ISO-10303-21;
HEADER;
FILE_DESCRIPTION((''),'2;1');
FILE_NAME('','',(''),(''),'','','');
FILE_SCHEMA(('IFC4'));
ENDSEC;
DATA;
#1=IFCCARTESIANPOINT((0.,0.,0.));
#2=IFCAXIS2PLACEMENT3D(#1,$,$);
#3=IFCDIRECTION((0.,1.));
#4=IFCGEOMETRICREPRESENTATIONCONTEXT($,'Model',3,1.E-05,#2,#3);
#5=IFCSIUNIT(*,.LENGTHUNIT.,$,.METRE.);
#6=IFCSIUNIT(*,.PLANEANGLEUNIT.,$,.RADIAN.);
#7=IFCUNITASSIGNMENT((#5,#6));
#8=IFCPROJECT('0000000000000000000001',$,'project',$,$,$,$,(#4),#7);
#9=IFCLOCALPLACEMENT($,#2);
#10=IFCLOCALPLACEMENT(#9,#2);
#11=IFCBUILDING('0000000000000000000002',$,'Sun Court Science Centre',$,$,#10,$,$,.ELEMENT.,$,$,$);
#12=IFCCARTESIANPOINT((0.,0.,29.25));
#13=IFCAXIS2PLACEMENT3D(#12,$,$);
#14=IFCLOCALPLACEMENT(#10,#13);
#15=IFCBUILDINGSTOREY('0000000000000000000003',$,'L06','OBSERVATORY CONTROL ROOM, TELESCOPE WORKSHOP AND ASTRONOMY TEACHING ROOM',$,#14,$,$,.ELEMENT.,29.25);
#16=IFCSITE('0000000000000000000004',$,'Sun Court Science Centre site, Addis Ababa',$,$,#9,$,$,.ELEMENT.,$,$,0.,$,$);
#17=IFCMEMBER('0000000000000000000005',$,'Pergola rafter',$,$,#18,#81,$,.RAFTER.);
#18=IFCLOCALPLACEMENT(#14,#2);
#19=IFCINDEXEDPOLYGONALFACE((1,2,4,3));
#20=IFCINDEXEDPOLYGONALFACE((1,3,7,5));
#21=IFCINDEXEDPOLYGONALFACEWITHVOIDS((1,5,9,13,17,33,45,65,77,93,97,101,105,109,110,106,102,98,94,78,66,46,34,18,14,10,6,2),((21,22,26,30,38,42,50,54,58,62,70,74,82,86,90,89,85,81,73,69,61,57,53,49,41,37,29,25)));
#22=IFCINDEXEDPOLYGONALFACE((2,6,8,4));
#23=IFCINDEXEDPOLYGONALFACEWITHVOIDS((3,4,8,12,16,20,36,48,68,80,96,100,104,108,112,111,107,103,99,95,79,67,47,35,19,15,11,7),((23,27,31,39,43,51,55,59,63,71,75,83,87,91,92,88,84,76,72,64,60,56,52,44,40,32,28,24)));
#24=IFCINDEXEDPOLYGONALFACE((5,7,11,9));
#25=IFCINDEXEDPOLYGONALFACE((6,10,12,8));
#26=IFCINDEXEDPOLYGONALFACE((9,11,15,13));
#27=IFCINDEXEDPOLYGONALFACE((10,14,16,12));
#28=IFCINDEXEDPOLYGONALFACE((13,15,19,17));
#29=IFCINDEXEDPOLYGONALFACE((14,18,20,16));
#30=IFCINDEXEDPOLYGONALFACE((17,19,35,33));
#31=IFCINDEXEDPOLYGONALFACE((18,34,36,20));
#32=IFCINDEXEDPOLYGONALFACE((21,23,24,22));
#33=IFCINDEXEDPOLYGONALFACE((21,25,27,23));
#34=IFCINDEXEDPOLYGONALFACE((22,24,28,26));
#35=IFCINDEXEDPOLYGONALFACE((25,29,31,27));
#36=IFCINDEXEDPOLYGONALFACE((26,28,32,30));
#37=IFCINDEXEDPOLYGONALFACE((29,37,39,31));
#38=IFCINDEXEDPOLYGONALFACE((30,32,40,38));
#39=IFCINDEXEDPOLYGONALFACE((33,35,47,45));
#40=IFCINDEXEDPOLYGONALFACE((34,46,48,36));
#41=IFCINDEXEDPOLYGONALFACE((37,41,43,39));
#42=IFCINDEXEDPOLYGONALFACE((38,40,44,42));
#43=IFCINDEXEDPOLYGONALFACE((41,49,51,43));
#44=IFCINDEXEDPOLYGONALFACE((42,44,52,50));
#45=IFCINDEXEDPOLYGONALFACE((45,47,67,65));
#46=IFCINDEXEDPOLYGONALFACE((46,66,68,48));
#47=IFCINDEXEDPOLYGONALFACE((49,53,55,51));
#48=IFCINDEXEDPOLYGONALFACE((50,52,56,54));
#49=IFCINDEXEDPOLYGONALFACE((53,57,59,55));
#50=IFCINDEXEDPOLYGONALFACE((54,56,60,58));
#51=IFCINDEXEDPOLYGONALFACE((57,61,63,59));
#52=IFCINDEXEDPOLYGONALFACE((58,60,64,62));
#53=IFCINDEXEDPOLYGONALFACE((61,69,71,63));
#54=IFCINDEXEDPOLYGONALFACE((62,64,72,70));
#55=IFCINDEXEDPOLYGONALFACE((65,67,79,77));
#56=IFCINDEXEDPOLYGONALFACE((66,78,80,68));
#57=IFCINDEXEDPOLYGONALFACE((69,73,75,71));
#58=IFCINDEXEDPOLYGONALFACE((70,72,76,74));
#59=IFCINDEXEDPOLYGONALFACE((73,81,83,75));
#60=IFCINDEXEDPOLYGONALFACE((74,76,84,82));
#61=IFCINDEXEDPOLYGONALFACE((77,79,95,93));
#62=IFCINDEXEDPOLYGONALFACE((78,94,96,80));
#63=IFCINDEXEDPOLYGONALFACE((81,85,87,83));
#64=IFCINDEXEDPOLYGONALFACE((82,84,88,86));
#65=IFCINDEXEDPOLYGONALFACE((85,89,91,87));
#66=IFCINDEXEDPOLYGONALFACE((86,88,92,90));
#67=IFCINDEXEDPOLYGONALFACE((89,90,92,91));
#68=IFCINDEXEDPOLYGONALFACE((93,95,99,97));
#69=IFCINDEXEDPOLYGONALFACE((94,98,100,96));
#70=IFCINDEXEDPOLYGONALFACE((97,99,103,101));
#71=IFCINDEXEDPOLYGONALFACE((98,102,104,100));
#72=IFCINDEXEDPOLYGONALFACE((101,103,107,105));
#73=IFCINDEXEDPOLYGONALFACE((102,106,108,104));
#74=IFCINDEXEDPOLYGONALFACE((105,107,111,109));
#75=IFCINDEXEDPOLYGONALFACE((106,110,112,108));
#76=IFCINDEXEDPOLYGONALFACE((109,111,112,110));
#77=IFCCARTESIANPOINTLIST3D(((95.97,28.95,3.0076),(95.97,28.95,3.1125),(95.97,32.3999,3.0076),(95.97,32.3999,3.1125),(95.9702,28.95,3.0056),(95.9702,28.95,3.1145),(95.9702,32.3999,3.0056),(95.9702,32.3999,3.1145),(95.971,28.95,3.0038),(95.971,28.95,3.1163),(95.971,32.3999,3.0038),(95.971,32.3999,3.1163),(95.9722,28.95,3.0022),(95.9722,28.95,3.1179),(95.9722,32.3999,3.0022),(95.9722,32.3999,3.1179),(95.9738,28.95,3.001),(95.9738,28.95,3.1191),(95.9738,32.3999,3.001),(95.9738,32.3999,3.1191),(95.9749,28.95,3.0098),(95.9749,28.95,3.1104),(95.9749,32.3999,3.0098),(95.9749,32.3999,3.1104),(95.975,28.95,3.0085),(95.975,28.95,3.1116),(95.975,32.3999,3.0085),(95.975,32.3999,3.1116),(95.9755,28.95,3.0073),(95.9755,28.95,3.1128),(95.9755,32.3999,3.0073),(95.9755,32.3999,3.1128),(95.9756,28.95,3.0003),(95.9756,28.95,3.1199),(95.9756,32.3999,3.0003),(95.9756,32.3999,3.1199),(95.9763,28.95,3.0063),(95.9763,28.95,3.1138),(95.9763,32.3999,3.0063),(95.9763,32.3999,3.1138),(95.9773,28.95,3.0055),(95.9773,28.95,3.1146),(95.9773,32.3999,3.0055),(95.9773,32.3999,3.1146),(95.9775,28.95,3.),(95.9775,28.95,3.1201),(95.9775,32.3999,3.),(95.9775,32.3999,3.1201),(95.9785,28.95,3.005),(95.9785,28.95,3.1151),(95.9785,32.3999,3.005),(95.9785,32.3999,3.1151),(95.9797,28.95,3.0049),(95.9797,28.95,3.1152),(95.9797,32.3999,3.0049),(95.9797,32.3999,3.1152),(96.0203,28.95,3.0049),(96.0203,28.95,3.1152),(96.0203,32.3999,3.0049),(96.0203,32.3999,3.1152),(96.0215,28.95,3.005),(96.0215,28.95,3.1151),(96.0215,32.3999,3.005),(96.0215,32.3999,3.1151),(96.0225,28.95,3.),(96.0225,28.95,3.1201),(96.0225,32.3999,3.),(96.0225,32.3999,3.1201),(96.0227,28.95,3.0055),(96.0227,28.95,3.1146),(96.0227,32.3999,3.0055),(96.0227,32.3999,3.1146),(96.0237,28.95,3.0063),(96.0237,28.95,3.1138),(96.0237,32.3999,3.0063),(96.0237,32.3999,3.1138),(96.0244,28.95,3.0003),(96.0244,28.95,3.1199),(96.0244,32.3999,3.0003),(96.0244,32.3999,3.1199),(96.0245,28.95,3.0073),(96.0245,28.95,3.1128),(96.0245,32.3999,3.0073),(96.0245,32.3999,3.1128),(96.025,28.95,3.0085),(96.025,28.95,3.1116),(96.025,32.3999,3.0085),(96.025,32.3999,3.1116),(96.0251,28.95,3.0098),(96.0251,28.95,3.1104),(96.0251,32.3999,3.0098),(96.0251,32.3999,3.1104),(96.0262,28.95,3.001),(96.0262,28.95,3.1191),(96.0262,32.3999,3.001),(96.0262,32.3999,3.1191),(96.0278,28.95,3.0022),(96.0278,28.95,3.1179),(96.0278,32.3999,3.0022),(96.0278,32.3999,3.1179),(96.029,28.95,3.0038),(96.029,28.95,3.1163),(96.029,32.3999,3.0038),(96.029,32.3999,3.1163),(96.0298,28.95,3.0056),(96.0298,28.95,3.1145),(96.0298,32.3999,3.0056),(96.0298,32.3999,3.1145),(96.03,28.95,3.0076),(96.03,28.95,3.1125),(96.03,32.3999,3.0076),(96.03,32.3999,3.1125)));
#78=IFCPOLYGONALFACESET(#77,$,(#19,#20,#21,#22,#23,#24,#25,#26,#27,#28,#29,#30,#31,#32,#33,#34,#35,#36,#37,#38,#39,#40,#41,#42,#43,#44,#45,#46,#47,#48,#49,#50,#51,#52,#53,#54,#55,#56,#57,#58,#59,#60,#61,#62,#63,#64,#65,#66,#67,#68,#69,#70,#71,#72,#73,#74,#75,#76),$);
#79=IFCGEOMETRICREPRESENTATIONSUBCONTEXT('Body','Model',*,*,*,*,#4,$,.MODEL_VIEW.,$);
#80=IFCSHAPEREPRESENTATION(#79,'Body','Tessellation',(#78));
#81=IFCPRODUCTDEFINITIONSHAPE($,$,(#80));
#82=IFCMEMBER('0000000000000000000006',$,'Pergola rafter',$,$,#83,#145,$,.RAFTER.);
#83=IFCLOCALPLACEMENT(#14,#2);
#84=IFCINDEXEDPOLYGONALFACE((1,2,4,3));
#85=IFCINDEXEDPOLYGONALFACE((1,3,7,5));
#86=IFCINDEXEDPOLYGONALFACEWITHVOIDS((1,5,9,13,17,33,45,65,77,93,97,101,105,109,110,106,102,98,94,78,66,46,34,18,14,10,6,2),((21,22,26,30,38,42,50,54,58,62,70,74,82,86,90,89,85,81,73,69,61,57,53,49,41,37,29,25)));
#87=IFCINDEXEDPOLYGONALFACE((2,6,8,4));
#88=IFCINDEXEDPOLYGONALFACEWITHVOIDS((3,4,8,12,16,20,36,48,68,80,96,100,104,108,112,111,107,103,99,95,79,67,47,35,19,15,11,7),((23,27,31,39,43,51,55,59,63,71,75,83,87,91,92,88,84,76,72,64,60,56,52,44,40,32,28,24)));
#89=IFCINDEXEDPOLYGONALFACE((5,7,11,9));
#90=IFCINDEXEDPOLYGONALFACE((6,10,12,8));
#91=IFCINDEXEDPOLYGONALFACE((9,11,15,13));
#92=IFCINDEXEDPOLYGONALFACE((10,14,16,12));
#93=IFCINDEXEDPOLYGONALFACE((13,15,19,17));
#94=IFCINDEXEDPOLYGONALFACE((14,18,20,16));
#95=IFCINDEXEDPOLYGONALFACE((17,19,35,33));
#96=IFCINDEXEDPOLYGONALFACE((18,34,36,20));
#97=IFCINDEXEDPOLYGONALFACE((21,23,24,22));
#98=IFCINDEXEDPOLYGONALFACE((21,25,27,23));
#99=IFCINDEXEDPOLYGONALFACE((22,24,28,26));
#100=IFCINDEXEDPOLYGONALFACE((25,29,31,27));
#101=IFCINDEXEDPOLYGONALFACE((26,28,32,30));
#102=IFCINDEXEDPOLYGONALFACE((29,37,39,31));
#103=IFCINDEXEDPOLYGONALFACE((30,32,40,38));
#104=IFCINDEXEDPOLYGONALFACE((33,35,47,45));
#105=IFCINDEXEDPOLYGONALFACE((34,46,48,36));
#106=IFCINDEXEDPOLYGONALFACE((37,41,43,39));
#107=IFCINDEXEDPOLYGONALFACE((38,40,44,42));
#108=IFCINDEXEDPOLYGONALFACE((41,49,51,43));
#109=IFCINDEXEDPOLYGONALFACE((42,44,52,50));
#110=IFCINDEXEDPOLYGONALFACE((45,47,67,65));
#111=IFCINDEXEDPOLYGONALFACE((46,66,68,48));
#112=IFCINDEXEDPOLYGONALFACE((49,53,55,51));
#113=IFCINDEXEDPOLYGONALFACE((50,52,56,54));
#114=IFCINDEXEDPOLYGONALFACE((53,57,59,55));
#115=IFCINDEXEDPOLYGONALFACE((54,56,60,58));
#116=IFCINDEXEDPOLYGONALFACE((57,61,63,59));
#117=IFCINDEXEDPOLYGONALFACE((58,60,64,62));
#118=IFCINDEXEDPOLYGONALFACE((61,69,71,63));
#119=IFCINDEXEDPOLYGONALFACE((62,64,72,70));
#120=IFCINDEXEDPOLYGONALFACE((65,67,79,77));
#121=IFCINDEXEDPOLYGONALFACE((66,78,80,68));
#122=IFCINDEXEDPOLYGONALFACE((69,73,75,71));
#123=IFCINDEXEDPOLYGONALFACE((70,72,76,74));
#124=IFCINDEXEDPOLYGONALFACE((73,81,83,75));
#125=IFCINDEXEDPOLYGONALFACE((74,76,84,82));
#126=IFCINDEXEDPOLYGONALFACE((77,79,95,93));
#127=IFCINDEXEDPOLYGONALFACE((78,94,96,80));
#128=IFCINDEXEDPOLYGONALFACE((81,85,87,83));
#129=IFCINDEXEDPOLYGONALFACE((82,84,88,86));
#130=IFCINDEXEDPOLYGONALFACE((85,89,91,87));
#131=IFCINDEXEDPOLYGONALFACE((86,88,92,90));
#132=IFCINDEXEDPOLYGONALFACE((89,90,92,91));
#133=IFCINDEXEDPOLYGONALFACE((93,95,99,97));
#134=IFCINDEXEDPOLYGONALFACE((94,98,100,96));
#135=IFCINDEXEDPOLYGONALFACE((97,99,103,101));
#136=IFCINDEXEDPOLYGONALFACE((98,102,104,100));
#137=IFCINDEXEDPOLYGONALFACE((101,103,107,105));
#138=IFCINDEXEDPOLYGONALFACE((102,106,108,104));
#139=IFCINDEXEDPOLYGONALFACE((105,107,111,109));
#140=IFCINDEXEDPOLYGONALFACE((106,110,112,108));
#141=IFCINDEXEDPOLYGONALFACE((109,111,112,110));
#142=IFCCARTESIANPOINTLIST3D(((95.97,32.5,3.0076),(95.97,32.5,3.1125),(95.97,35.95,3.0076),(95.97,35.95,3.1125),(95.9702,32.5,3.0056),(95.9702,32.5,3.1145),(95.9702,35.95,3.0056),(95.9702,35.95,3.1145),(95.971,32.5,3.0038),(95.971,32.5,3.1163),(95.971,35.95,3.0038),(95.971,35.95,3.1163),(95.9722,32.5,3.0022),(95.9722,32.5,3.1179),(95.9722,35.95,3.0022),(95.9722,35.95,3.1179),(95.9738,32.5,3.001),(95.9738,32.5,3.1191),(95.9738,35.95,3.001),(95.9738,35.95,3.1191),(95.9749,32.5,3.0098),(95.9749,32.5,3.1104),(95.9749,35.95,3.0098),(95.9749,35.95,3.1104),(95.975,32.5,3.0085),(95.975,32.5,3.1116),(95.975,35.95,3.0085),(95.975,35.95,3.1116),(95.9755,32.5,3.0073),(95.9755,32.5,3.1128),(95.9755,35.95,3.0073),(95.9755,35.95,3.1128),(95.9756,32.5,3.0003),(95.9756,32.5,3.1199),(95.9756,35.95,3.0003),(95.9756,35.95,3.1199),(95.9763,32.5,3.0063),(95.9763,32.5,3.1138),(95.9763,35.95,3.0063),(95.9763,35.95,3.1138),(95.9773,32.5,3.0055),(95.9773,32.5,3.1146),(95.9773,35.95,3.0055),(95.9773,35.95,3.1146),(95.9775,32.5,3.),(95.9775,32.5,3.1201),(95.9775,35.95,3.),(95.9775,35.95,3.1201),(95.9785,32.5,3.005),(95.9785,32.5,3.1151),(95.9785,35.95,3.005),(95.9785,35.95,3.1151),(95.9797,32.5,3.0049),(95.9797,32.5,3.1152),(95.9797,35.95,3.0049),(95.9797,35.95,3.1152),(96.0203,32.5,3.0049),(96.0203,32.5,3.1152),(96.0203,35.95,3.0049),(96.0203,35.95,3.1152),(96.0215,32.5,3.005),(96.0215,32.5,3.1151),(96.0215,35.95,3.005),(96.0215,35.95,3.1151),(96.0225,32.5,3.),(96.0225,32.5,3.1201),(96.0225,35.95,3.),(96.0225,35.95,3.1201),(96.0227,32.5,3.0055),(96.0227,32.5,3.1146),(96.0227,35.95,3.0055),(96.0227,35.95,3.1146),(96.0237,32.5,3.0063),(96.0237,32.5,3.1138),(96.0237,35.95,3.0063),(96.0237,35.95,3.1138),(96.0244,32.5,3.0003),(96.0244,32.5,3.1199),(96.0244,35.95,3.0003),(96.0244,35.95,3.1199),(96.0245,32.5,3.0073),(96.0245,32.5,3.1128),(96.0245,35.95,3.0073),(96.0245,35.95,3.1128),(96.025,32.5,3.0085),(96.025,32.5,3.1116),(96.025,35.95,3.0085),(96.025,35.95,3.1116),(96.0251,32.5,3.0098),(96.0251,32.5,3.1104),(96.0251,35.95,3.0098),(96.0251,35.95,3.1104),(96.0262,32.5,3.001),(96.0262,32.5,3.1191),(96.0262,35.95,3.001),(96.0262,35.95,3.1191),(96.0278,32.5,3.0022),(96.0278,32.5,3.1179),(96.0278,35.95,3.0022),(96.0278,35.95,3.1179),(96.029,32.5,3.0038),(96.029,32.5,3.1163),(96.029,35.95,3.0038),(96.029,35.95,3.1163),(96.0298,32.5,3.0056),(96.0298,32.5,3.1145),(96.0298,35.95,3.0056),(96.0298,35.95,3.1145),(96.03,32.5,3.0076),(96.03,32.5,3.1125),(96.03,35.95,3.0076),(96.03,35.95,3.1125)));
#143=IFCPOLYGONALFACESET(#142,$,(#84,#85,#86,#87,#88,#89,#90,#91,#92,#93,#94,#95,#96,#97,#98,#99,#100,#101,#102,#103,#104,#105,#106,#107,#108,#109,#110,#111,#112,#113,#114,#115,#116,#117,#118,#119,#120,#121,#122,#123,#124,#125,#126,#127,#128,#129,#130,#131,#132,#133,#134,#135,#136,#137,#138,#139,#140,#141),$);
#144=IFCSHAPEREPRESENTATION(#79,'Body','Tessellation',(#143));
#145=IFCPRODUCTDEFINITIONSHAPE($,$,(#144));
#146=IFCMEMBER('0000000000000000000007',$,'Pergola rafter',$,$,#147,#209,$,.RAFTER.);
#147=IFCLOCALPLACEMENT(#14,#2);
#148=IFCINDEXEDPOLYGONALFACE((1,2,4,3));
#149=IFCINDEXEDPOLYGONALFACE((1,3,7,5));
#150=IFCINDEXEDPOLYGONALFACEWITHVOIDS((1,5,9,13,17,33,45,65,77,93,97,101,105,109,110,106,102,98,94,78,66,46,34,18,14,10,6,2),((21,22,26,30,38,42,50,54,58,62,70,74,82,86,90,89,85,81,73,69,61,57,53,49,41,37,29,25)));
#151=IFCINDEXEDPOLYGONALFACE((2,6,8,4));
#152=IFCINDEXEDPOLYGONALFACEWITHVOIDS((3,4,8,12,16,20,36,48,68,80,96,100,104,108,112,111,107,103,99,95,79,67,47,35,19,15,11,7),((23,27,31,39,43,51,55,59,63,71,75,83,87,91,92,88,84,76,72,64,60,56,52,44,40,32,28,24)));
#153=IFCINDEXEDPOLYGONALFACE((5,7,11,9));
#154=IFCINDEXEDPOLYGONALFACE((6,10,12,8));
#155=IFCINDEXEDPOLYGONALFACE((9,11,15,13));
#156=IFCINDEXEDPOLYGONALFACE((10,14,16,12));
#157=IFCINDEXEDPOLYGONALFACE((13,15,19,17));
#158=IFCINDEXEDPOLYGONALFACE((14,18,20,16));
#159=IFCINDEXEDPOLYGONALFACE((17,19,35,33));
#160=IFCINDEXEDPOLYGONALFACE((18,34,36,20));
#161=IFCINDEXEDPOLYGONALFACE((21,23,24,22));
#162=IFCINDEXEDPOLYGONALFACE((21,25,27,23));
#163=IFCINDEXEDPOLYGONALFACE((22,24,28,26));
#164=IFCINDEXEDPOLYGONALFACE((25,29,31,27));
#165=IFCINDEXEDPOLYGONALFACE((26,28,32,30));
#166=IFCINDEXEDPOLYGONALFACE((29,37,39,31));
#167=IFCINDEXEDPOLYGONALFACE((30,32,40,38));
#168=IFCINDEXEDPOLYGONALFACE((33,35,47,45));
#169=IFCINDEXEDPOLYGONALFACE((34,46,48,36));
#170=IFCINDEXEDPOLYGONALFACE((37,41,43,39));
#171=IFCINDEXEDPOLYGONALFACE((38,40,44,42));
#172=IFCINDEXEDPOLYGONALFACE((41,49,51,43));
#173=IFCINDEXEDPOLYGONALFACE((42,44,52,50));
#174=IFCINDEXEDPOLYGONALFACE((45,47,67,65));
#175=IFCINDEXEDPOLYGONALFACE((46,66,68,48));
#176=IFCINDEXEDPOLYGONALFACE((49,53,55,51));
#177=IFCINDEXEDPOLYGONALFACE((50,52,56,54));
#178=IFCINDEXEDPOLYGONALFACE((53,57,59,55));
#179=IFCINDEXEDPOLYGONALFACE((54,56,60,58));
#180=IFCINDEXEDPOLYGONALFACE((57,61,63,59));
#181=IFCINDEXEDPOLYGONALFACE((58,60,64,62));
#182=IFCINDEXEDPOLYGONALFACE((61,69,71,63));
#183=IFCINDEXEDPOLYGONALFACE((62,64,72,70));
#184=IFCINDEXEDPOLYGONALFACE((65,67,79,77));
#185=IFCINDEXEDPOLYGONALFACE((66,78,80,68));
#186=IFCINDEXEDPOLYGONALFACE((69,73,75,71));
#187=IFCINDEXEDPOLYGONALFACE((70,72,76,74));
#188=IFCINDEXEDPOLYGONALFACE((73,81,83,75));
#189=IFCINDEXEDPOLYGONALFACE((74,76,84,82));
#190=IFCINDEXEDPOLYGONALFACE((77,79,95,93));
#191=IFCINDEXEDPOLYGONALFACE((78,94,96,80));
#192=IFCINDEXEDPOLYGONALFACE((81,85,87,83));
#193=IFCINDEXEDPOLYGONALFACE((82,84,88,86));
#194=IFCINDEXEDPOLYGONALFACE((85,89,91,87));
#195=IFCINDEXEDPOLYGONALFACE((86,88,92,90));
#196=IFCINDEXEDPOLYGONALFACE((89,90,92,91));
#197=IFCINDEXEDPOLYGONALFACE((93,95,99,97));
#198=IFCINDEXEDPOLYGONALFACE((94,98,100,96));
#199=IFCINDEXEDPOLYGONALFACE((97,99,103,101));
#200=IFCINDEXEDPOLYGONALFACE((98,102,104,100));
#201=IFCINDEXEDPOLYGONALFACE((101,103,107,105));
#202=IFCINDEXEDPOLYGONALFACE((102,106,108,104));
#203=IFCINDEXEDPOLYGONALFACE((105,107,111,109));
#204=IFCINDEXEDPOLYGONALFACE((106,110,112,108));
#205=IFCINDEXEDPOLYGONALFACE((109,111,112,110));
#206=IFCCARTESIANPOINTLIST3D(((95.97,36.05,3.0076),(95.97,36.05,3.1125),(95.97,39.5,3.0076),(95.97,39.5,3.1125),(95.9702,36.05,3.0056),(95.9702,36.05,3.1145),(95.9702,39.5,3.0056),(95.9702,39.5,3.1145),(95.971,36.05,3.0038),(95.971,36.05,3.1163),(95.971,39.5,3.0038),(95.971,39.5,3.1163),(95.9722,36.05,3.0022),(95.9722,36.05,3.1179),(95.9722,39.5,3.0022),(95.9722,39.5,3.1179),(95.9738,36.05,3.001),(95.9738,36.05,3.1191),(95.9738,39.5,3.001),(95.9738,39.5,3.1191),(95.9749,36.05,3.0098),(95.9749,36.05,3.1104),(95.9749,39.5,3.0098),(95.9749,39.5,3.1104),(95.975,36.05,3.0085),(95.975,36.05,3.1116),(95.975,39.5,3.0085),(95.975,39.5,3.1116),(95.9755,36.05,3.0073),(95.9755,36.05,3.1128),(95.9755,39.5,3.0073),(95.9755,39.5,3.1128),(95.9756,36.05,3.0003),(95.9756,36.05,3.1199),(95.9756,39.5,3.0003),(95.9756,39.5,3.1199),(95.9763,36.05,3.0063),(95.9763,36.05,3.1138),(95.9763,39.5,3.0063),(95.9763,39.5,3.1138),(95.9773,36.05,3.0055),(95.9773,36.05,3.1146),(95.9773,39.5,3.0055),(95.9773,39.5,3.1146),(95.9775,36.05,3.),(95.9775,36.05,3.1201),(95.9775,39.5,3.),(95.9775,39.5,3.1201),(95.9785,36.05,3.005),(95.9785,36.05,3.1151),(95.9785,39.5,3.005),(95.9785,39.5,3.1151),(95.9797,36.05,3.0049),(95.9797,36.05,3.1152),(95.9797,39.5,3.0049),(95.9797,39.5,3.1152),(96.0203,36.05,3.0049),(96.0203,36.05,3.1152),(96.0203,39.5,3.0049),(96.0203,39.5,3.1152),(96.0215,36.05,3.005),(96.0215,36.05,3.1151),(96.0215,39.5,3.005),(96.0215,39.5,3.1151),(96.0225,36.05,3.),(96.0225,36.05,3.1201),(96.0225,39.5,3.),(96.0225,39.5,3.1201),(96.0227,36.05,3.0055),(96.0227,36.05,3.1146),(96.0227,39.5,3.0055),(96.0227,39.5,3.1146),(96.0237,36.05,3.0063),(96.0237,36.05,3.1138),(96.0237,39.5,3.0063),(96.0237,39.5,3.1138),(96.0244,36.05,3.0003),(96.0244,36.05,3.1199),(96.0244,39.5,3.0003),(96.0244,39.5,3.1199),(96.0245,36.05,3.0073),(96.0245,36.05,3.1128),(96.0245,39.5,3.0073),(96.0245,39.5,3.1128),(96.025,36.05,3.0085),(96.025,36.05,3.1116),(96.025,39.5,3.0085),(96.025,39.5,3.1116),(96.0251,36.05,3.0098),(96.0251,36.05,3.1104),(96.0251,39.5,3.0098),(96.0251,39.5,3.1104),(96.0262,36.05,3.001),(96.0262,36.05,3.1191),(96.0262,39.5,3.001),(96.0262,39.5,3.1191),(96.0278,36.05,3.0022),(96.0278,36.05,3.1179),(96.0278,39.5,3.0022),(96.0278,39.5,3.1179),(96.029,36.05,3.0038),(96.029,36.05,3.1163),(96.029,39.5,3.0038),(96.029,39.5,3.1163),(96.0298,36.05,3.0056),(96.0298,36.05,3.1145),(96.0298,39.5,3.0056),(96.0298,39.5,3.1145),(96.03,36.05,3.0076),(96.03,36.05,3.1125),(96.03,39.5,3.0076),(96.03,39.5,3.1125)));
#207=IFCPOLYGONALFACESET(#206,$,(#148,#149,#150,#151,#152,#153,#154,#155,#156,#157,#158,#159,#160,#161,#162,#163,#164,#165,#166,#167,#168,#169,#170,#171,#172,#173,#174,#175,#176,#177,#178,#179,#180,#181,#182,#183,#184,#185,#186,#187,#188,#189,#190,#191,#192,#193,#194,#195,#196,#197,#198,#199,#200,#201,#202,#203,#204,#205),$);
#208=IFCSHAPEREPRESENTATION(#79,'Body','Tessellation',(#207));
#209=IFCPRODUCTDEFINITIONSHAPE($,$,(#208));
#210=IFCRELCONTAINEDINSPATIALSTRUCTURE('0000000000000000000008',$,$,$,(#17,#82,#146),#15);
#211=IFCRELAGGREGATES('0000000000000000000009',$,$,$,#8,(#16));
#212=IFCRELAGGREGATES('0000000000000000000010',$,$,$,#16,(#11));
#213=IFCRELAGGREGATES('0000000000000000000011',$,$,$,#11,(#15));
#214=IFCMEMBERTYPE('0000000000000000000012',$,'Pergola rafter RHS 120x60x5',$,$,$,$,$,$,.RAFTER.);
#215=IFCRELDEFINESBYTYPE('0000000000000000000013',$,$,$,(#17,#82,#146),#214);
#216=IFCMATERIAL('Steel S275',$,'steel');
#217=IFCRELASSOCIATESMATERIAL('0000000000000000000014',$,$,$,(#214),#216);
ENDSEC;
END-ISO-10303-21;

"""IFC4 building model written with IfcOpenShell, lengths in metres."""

from ifc_helpers import new_model, si_unit, direction, frame, origin, origin_2d, place, context, subcontext, project, spatial, hollow_rectangle, extrude, material, material_profile, profile_set, type_object, element, save


model = new_model("IFC4")

# Units and contexts
model_context = context("Model", 3, precision=1e-05, world=origin(), true_north=direction((0.0, 1.0)))
body_context = subcontext(model_context, "Body", "Model", "MODEL_VIEW")
ifc_project = project(units=[si_unit("LENGTHUNIT", "METRE"), si_unit("PLANEANGLEUNIT", "RADIAN")], contexts=[model_context])

# Site, building, storey
site_placement = place(None, origin())
site = spatial("IfcSite", under=ifc_project, at=site_placement, Name="Sun Court Science Centre site, Addis Ababa", CompositionType="ELEMENT", RefElevation=0.0)
building_placement = place(site_placement, origin())
building = spatial("IfcBuilding", under=site, at=building_placement, Name="Sun Court Science Centre", CompositionType="ELEMENT")
storey_placement = place(building_placement, frame((0.0, 0.0, 29.25)))
storey = spatial("IfcBuildingStorey", under=building, at=storey_placement, Name="L06", Description="OBSERVATORY CONTROL ROOM, TELESCOPE WORKSHOP AND ASTRONOMY TEACHING ROOM", CompositionType="ELEMENT", Elevation=29.25)

# Members
ifc_material_1 = material(Name="Steel S275", Category="steel")
ifc_material_profile_1 = material_profile(ifc_material_1, hollow_rectangle(XDim=0.0601, YDim=0.1201, WallThickness=0.0049, InnerFilletRadius=0.0049, OuterFilletRadius=0.0076, at=origin_2d()), Name="RHS 120x60x5")
ifc_profile_set_1 = profile_set([ifc_material_profile_1], Name="Steel S275")
member_type_1 = type_object("IfcMemberType", Name="Pergola rafter RHS 120x60x5", PredefinedType="RAFTER", material=ifc_profile_set_1)
for number, where, z_axis, x_axis, name in (
    (1, (96.0, 28.95, 3.0601), (0.0, 1.0, 0.0), (-1.0, 0.0, 0.0), "Pergola rafter"),
    (2, (96.0, 32.5, 3.0601), (0.0, 1.0, 0.0), (-1.0, 0.0, 0.0), "Pergola rafter"),
    (3, (96.0, 36.05, 3.0601), (0.0, 1.0, 0.0), (-1.0, 0.0, 0.0), "Pergola rafter"),
):
    element("IfcMember", number, at=place(storey_placement, frame(where, z_axis=z_axis, x_axis=x_axis)), inside=storey, type_object=member_type_1, Name=name, PredefinedType="RAFTER", context=body_context, shape_type="SweptSolid", body=[
        extrude(hollow_rectangle(XDim=0.0601, YDim=0.1201, WallThickness=0.0049, InnerFilletRadius=0.0049, OuterFilletRadius=0.0076, at=origin_2d()), origin(), (0.0, 0.0, 1.0), 3.45),
    ])

save(model, "model.ifc")
